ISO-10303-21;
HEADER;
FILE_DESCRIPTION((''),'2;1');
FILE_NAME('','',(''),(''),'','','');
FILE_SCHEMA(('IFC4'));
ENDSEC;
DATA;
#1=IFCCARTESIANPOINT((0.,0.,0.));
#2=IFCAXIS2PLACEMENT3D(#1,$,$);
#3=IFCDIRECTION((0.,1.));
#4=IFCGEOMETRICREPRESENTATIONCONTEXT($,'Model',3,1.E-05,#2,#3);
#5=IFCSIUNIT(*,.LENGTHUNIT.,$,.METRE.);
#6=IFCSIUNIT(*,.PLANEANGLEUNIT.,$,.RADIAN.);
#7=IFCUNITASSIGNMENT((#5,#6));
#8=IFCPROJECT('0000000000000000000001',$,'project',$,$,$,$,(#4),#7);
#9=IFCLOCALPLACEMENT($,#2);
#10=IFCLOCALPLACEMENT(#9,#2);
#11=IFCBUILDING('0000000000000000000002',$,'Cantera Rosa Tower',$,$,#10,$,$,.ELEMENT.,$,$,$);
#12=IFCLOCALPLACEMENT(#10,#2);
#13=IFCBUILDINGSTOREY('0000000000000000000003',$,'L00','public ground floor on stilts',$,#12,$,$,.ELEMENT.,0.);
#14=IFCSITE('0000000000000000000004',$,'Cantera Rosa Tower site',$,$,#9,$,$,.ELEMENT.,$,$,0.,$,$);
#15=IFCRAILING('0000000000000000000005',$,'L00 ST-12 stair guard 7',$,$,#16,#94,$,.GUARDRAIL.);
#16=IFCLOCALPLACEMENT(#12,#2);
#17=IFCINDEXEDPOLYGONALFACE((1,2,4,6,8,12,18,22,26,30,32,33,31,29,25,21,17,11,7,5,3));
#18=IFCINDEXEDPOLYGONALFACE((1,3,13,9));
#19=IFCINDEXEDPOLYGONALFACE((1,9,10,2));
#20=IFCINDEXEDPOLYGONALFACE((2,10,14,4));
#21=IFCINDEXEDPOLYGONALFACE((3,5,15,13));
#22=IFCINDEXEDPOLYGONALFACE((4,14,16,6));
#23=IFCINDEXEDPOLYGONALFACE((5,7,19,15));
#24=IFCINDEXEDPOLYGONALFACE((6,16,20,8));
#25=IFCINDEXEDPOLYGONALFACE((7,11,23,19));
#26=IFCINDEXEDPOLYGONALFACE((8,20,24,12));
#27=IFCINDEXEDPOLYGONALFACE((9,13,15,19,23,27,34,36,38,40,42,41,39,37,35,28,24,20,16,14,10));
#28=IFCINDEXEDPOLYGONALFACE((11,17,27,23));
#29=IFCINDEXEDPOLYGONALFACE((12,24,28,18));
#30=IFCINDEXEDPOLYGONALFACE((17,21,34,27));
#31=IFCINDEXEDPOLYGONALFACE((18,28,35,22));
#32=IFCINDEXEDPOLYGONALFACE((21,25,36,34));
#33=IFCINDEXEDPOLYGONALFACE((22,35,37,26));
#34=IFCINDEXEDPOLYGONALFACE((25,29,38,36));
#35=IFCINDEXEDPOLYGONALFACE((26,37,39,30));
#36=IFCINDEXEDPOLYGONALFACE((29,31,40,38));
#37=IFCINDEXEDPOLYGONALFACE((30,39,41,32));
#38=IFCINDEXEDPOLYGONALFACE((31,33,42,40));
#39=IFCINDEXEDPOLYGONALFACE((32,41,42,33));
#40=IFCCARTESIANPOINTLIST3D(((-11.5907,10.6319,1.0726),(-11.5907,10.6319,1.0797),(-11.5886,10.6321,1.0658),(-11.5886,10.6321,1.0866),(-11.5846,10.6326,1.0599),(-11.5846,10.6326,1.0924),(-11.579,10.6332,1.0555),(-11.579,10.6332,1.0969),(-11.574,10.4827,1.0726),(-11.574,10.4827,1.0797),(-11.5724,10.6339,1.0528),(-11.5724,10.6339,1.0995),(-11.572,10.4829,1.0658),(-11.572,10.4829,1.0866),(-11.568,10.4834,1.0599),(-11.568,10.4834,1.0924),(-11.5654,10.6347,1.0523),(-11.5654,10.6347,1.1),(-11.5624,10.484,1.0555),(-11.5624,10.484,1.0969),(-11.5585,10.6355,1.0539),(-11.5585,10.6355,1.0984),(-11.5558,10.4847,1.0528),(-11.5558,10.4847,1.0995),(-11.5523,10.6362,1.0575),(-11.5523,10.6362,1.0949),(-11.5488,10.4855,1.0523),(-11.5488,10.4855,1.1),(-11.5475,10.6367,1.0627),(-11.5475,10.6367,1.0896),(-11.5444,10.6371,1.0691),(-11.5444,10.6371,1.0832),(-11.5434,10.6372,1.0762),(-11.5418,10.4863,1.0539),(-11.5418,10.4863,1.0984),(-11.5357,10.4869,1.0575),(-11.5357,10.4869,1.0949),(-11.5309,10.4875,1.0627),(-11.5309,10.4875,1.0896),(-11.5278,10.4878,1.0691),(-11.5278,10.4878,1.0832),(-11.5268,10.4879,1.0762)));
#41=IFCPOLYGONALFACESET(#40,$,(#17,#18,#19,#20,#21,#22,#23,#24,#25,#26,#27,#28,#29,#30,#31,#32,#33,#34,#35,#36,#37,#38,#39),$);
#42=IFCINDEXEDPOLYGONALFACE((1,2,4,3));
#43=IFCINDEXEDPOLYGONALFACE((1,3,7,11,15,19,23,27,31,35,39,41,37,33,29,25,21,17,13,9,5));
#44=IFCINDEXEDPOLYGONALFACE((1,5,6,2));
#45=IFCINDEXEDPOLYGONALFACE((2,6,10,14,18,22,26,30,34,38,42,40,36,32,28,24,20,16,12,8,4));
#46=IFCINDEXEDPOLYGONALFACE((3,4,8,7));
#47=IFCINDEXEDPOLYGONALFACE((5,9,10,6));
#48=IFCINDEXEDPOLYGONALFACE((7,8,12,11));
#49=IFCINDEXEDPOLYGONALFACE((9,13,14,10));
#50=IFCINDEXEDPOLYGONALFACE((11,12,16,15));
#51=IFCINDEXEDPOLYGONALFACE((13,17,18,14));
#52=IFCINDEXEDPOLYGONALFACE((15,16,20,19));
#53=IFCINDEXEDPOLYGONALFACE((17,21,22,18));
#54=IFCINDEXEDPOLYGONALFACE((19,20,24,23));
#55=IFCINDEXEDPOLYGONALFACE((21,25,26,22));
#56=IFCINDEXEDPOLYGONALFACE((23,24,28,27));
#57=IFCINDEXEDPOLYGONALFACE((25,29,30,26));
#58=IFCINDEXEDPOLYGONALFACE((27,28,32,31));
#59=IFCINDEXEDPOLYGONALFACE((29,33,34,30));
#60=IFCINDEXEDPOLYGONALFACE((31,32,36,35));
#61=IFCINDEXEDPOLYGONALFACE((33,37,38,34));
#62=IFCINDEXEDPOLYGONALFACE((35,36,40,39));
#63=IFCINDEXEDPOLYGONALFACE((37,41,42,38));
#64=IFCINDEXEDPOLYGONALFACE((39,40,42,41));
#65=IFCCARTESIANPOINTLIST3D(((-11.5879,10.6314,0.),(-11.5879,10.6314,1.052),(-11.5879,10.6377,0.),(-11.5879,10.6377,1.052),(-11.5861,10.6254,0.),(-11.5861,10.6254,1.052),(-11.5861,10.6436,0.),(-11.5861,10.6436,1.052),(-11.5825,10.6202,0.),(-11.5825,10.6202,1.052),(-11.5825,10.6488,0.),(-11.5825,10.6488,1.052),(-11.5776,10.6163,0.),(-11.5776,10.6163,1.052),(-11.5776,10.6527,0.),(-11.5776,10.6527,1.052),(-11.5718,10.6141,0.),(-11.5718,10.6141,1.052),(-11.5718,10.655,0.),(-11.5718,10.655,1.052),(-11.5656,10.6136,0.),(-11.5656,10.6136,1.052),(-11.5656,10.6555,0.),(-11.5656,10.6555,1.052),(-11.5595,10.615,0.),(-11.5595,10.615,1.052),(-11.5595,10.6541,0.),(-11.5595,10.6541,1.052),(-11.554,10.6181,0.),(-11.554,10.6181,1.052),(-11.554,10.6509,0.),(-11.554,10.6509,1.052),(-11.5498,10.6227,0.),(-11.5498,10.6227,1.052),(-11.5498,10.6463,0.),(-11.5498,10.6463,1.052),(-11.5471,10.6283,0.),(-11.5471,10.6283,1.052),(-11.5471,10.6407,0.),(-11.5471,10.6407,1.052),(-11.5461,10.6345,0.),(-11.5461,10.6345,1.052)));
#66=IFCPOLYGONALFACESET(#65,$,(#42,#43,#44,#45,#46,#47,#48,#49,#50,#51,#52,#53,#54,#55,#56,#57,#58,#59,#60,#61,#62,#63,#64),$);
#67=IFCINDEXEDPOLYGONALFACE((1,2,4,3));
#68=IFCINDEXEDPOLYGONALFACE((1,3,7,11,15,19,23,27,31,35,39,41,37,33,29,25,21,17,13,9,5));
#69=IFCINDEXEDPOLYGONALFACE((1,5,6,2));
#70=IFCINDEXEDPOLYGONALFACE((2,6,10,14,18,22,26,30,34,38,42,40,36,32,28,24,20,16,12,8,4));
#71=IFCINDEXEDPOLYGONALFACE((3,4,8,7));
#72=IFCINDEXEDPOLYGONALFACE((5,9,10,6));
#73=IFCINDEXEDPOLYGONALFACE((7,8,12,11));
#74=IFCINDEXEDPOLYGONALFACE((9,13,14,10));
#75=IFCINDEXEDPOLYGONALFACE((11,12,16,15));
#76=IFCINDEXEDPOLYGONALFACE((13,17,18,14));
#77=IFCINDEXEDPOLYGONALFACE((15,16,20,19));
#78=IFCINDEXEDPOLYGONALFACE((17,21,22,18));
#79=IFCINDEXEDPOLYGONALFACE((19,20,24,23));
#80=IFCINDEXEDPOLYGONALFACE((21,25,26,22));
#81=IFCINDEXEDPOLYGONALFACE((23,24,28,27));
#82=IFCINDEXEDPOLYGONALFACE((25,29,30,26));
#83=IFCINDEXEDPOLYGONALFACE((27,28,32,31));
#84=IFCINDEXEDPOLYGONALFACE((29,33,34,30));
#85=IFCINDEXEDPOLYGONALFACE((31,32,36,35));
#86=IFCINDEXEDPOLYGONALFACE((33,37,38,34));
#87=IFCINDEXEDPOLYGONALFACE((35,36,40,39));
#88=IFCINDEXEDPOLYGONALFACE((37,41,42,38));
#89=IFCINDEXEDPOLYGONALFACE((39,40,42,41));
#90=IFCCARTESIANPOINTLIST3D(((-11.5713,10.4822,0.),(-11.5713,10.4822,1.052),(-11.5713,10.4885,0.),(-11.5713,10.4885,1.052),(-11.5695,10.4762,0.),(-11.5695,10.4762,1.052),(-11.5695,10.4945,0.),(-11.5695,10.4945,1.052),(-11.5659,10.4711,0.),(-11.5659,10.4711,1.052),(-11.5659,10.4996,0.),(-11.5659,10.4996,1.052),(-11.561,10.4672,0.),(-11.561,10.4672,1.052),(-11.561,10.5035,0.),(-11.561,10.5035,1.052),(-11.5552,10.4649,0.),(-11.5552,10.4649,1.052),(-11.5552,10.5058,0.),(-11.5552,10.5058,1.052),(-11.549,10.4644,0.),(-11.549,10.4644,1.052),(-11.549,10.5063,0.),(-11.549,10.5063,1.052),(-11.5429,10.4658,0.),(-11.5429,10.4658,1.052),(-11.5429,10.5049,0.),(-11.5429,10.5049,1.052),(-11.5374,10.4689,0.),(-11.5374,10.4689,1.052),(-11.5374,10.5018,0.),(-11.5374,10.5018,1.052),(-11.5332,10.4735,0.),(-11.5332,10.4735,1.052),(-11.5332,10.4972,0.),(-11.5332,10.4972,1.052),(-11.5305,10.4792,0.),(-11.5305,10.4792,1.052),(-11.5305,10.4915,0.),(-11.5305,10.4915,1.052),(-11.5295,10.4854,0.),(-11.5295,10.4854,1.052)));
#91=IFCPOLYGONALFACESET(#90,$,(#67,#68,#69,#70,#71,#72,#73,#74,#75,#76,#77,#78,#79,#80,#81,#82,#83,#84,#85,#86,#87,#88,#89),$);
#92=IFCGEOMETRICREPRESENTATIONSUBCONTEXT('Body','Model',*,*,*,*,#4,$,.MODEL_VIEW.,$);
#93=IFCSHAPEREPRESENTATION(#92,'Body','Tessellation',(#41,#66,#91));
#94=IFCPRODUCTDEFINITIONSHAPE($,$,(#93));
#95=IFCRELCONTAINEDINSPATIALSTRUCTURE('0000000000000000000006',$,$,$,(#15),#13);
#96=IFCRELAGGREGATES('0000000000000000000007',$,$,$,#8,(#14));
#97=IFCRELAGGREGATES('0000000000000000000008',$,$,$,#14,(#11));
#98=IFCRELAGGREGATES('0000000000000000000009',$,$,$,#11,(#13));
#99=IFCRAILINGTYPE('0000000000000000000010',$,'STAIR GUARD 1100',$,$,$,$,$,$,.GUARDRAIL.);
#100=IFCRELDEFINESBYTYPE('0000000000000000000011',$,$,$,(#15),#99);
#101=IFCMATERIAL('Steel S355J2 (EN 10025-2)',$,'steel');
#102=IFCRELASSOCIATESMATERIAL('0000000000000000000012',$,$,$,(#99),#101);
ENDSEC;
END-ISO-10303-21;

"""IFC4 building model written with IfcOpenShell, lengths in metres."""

from ifc_helpers import new_model, si_unit, direction, frame, origin, origin_2d, place, context, subcontext, project, spatial, circle, extrude, material, type_object, element, save


model = new_model("IFC4")

# Units and contexts
model_context = context("Model", 3, precision=1e-05, world=origin(), true_north=direction((0.0, 1.0)))
body_context = subcontext(model_context, "Body", "Model", "MODEL_VIEW")
ifc_project = project(units=[si_unit("LENGTHUNIT", "METRE"), si_unit("PLANEANGLEUNIT", "RADIAN")], contexts=[model_context])

# Site, building, storey
site_placement = place(None, origin())
site = spatial("IfcSite", under=ifc_project, at=site_placement, Name="Cantera Rosa Tower site", CompositionType="ELEMENT", RefElevation=0.0)
building_placement = place(site_placement, origin())
building = spatial("IfcBuilding", under=site, at=building_placement, Name="Cantera Rosa Tower", CompositionType="ELEMENT")
storey_placement = place(building_placement, origin())
storey = spatial("IfcBuildingStorey", under=building, at=storey_placement, Name="L00", Description="public ground floor on stilts", CompositionType="ELEMENT", Elevation=0.0)

# Railing
ifc_material_1 = material(Name="Steel S355J2 (EN 10025-2)", Category="steel")
railing_type_1 = type_object("IfcRailingType", Name="STAIR GUARD 1100", PredefinedType="GUARDRAIL", material=ifc_material_1)
railing_1_placement = place(storey_placement, frame((-11.5671, 10.6345, 0.0)))
element("IfcRailing", 1, at=railing_1_placement, inside=storey, type_object=railing_type_1, Name="L00 ST-12 stair guard 7", PredefinedType="GUARDRAIL", context=body_context, shape_type="SweptSolid", body=[
    extrude(circle(Radius=0.0239, at=origin_2d()), frame((0.0, 0.0, 1.0762), z_axis=(0.11061, -0.993864, 0.0), x_axis=(0.993864, 0.11061, 0.0)), (0.0, 0.0, 1.0), 0.1501),
    extrude(circle(Radius=0.021, at=origin_2d()), origin(), (0.0, 0.0, 1.0), 1.052),
    extrude(circle(Radius=0.021, at=origin_2d()), frame((0.0166, -0.1492, 0.0)), (0.0, 0.0, 1.0), 1.052),
])

save(model, "model.ifc")
